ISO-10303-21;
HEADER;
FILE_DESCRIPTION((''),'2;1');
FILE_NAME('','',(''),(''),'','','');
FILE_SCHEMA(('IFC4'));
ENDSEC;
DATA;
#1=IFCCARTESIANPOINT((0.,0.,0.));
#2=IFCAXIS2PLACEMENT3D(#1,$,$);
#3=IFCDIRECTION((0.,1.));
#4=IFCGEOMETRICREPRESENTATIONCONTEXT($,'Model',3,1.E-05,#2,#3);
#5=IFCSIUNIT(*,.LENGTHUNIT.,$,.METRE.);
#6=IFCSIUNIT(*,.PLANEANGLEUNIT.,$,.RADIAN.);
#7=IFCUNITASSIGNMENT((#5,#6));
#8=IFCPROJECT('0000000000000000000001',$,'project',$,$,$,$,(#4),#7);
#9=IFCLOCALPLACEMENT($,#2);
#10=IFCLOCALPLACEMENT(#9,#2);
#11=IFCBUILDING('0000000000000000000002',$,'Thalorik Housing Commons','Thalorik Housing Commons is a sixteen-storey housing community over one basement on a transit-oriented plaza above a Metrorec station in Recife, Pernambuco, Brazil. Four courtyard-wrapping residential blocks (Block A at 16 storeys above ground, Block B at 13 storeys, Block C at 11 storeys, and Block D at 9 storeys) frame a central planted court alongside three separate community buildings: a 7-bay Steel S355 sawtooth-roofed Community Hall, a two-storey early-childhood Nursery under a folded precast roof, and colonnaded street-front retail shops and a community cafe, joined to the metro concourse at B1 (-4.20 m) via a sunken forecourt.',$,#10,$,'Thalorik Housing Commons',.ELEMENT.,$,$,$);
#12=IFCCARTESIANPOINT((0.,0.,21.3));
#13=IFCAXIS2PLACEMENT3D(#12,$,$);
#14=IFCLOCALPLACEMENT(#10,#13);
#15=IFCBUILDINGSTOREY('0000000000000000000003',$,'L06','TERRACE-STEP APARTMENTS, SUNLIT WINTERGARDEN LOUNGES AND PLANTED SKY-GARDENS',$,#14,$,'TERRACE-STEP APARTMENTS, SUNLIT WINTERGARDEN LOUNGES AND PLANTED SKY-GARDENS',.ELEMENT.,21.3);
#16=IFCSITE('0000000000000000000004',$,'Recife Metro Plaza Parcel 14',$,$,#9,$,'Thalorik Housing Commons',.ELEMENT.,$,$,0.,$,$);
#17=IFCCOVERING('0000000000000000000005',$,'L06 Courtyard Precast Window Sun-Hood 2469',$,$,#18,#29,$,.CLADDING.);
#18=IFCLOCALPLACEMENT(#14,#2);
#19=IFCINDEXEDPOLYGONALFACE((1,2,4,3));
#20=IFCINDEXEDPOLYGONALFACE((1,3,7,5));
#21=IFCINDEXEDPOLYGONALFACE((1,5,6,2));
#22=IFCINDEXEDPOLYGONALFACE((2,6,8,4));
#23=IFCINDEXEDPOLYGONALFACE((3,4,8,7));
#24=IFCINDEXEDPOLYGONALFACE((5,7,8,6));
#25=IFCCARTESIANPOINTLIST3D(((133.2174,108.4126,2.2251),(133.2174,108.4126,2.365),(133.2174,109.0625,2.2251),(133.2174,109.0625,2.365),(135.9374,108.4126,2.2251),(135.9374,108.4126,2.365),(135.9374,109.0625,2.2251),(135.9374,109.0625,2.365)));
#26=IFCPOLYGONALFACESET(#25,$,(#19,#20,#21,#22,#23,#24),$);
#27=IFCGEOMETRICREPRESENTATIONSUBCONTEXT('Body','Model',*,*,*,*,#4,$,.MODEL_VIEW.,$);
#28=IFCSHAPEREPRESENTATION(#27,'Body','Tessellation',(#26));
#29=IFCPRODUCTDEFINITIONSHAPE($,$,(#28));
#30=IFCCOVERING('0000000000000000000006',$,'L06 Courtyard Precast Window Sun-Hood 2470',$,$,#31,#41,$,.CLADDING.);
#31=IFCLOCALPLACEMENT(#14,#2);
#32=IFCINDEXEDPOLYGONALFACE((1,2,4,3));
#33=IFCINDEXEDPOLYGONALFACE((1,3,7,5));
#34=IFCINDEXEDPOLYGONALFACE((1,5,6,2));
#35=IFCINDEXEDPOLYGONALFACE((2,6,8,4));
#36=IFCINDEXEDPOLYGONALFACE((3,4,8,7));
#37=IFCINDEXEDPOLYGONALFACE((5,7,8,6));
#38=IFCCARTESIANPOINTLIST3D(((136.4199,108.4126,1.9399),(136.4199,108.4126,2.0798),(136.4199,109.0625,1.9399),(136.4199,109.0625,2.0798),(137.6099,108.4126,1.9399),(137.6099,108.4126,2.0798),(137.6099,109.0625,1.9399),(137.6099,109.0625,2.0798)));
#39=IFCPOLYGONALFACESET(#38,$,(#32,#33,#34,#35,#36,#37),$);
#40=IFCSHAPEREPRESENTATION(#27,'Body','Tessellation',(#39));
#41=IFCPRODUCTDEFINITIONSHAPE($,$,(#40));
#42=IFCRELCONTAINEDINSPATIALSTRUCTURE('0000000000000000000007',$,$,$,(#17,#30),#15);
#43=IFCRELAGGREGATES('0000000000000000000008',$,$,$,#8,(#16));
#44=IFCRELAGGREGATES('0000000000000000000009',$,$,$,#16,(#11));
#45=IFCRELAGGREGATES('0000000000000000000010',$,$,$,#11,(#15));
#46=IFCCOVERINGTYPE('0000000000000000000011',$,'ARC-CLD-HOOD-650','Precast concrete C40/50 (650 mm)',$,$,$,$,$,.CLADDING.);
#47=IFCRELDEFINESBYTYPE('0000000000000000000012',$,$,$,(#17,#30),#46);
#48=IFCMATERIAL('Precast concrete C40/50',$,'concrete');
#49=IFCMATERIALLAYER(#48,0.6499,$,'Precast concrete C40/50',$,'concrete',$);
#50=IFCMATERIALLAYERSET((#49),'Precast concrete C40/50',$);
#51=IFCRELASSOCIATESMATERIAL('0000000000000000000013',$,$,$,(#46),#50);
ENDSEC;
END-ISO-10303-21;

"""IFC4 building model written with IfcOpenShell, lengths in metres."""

from ifc_helpers import new_model, si_unit, direction, frame, origin, origin_2d, place, context, subcontext, project, spatial, rectangle, extrude, material, layer, layer_set, type_object, element, save


model = new_model("IFC4")

# Units and contexts
model_context = context("Model", 3, precision=1e-05, world=origin(), true_north=direction((0.0, 1.0)))
body_context = subcontext(model_context, "Body", "Model", "MODEL_VIEW")
ifc_project = project(units=[si_unit("LENGTHUNIT", "METRE"), si_unit("PLANEANGLEUNIT", "RADIAN")], contexts=[model_context])

# Site, building, storey
site_placement = place(None, origin())
site = spatial("IfcSite", under=ifc_project, at=site_placement, Name="Recife Metro Plaza Parcel 14", LongName="Thalorik Housing Commons", CompositionType="ELEMENT", RefElevation=0.0)
building_placement = place(site_placement, origin())
building = spatial("IfcBuilding", under=site, at=building_placement, Name="Thalorik Housing Commons", Description="Thalorik Housing Commons is a sixteen-storey housing community over one basement on a transit-oriented plaza above a Metrorec station in Recife, Pernambuco, Brazil. Four courtyard-wrapping residential blocks (Block A at 16 storeys above ground, Block B at 13 storeys, Block C at 11 storeys, and Block D at 9 storeys) frame a central planted court alongside three separate community buildings: a 7-bay Steel S355 sawtooth-roofed Community Hall, a two-storey early-childhood Nursery under a folded precast roof, and colonnaded street-front retail shops and a community cafe, joined to the metro concourse at B1 (-4.20 m) via a sunken forecourt.", LongName="Thalorik Housing Commons", CompositionType="ELEMENT")
storey_placement = place(building_placement, frame((0.0, 0.0, 21.3)))
storey = spatial("IfcBuildingStorey", under=building, at=storey_placement, Name="L06", Description="TERRACE-STEP APARTMENTS, SUNLIT WINTERGARDEN LOUNGES AND PLANTED SKY-GARDENS", LongName="TERRACE-STEP APARTMENTS, SUNLIT WINTERGARDEN LOUNGES AND PLANTED SKY-GARDENS", CompositionType="ELEMENT", Elevation=21.3)

# Shared definitions
ifc_material_1 = material(Name="Precast concrete C40/50", Category="concrete")

# Coverings
ifc_layer_1 = layer(ifc_material_1, 0.6499, Name="Precast concrete C40/50", Category="concrete")
ifc_layer_set_1 = layer_set([ifc_layer_1], Name="Precast concrete C40/50")
covering_type = type_object("IfcCoveringType", Name="ARC-CLD-HOOD-650", Description="Precast concrete C40/50 (650 mm)", PredefinedType="CLADDING", material=ifc_layer_set_1)
covering_1_placement = place(storey_placement, frame((134.5774, 108.7375, 2.2251), z_axis=(0.0, 0.0, 1.0), x_axis=(1.0, 0.0, 0.0)))
element("IfcCovering", 1, at=covering_1_placement, inside=storey, type_object=covering_type, Name="L06 Courtyard Precast Window Sun-Hood 2469", PredefinedType="CLADDING", context=body_context, shape_type="SweptSolid", body=[
    extrude(rectangle(XDim=2.72, YDim=0.6499, at=origin_2d()), origin(), (0.0, 0.0, 1.0), 0.1399),
])
covering_2_placement = place(storey_placement, frame((137.0149, 108.7375, 1.9399), z_axis=(0.0, 0.0, 1.0), x_axis=(1.0, 0.0, 0.0)))
element("IfcCovering", 2, at=covering_2_placement, inside=storey, type_object=covering_type, Name="L06 Courtyard Precast Window Sun-Hood 2470", PredefinedType="CLADDING", context=body_context, shape_type="SweptSolid", body=[
    extrude(rectangle(XDim=1.1899, YDim=0.6499, at=origin_2d()), origin(), (0.0, 0.0, 1.0), 0.1399),
])

save(model, "model.ifc")
